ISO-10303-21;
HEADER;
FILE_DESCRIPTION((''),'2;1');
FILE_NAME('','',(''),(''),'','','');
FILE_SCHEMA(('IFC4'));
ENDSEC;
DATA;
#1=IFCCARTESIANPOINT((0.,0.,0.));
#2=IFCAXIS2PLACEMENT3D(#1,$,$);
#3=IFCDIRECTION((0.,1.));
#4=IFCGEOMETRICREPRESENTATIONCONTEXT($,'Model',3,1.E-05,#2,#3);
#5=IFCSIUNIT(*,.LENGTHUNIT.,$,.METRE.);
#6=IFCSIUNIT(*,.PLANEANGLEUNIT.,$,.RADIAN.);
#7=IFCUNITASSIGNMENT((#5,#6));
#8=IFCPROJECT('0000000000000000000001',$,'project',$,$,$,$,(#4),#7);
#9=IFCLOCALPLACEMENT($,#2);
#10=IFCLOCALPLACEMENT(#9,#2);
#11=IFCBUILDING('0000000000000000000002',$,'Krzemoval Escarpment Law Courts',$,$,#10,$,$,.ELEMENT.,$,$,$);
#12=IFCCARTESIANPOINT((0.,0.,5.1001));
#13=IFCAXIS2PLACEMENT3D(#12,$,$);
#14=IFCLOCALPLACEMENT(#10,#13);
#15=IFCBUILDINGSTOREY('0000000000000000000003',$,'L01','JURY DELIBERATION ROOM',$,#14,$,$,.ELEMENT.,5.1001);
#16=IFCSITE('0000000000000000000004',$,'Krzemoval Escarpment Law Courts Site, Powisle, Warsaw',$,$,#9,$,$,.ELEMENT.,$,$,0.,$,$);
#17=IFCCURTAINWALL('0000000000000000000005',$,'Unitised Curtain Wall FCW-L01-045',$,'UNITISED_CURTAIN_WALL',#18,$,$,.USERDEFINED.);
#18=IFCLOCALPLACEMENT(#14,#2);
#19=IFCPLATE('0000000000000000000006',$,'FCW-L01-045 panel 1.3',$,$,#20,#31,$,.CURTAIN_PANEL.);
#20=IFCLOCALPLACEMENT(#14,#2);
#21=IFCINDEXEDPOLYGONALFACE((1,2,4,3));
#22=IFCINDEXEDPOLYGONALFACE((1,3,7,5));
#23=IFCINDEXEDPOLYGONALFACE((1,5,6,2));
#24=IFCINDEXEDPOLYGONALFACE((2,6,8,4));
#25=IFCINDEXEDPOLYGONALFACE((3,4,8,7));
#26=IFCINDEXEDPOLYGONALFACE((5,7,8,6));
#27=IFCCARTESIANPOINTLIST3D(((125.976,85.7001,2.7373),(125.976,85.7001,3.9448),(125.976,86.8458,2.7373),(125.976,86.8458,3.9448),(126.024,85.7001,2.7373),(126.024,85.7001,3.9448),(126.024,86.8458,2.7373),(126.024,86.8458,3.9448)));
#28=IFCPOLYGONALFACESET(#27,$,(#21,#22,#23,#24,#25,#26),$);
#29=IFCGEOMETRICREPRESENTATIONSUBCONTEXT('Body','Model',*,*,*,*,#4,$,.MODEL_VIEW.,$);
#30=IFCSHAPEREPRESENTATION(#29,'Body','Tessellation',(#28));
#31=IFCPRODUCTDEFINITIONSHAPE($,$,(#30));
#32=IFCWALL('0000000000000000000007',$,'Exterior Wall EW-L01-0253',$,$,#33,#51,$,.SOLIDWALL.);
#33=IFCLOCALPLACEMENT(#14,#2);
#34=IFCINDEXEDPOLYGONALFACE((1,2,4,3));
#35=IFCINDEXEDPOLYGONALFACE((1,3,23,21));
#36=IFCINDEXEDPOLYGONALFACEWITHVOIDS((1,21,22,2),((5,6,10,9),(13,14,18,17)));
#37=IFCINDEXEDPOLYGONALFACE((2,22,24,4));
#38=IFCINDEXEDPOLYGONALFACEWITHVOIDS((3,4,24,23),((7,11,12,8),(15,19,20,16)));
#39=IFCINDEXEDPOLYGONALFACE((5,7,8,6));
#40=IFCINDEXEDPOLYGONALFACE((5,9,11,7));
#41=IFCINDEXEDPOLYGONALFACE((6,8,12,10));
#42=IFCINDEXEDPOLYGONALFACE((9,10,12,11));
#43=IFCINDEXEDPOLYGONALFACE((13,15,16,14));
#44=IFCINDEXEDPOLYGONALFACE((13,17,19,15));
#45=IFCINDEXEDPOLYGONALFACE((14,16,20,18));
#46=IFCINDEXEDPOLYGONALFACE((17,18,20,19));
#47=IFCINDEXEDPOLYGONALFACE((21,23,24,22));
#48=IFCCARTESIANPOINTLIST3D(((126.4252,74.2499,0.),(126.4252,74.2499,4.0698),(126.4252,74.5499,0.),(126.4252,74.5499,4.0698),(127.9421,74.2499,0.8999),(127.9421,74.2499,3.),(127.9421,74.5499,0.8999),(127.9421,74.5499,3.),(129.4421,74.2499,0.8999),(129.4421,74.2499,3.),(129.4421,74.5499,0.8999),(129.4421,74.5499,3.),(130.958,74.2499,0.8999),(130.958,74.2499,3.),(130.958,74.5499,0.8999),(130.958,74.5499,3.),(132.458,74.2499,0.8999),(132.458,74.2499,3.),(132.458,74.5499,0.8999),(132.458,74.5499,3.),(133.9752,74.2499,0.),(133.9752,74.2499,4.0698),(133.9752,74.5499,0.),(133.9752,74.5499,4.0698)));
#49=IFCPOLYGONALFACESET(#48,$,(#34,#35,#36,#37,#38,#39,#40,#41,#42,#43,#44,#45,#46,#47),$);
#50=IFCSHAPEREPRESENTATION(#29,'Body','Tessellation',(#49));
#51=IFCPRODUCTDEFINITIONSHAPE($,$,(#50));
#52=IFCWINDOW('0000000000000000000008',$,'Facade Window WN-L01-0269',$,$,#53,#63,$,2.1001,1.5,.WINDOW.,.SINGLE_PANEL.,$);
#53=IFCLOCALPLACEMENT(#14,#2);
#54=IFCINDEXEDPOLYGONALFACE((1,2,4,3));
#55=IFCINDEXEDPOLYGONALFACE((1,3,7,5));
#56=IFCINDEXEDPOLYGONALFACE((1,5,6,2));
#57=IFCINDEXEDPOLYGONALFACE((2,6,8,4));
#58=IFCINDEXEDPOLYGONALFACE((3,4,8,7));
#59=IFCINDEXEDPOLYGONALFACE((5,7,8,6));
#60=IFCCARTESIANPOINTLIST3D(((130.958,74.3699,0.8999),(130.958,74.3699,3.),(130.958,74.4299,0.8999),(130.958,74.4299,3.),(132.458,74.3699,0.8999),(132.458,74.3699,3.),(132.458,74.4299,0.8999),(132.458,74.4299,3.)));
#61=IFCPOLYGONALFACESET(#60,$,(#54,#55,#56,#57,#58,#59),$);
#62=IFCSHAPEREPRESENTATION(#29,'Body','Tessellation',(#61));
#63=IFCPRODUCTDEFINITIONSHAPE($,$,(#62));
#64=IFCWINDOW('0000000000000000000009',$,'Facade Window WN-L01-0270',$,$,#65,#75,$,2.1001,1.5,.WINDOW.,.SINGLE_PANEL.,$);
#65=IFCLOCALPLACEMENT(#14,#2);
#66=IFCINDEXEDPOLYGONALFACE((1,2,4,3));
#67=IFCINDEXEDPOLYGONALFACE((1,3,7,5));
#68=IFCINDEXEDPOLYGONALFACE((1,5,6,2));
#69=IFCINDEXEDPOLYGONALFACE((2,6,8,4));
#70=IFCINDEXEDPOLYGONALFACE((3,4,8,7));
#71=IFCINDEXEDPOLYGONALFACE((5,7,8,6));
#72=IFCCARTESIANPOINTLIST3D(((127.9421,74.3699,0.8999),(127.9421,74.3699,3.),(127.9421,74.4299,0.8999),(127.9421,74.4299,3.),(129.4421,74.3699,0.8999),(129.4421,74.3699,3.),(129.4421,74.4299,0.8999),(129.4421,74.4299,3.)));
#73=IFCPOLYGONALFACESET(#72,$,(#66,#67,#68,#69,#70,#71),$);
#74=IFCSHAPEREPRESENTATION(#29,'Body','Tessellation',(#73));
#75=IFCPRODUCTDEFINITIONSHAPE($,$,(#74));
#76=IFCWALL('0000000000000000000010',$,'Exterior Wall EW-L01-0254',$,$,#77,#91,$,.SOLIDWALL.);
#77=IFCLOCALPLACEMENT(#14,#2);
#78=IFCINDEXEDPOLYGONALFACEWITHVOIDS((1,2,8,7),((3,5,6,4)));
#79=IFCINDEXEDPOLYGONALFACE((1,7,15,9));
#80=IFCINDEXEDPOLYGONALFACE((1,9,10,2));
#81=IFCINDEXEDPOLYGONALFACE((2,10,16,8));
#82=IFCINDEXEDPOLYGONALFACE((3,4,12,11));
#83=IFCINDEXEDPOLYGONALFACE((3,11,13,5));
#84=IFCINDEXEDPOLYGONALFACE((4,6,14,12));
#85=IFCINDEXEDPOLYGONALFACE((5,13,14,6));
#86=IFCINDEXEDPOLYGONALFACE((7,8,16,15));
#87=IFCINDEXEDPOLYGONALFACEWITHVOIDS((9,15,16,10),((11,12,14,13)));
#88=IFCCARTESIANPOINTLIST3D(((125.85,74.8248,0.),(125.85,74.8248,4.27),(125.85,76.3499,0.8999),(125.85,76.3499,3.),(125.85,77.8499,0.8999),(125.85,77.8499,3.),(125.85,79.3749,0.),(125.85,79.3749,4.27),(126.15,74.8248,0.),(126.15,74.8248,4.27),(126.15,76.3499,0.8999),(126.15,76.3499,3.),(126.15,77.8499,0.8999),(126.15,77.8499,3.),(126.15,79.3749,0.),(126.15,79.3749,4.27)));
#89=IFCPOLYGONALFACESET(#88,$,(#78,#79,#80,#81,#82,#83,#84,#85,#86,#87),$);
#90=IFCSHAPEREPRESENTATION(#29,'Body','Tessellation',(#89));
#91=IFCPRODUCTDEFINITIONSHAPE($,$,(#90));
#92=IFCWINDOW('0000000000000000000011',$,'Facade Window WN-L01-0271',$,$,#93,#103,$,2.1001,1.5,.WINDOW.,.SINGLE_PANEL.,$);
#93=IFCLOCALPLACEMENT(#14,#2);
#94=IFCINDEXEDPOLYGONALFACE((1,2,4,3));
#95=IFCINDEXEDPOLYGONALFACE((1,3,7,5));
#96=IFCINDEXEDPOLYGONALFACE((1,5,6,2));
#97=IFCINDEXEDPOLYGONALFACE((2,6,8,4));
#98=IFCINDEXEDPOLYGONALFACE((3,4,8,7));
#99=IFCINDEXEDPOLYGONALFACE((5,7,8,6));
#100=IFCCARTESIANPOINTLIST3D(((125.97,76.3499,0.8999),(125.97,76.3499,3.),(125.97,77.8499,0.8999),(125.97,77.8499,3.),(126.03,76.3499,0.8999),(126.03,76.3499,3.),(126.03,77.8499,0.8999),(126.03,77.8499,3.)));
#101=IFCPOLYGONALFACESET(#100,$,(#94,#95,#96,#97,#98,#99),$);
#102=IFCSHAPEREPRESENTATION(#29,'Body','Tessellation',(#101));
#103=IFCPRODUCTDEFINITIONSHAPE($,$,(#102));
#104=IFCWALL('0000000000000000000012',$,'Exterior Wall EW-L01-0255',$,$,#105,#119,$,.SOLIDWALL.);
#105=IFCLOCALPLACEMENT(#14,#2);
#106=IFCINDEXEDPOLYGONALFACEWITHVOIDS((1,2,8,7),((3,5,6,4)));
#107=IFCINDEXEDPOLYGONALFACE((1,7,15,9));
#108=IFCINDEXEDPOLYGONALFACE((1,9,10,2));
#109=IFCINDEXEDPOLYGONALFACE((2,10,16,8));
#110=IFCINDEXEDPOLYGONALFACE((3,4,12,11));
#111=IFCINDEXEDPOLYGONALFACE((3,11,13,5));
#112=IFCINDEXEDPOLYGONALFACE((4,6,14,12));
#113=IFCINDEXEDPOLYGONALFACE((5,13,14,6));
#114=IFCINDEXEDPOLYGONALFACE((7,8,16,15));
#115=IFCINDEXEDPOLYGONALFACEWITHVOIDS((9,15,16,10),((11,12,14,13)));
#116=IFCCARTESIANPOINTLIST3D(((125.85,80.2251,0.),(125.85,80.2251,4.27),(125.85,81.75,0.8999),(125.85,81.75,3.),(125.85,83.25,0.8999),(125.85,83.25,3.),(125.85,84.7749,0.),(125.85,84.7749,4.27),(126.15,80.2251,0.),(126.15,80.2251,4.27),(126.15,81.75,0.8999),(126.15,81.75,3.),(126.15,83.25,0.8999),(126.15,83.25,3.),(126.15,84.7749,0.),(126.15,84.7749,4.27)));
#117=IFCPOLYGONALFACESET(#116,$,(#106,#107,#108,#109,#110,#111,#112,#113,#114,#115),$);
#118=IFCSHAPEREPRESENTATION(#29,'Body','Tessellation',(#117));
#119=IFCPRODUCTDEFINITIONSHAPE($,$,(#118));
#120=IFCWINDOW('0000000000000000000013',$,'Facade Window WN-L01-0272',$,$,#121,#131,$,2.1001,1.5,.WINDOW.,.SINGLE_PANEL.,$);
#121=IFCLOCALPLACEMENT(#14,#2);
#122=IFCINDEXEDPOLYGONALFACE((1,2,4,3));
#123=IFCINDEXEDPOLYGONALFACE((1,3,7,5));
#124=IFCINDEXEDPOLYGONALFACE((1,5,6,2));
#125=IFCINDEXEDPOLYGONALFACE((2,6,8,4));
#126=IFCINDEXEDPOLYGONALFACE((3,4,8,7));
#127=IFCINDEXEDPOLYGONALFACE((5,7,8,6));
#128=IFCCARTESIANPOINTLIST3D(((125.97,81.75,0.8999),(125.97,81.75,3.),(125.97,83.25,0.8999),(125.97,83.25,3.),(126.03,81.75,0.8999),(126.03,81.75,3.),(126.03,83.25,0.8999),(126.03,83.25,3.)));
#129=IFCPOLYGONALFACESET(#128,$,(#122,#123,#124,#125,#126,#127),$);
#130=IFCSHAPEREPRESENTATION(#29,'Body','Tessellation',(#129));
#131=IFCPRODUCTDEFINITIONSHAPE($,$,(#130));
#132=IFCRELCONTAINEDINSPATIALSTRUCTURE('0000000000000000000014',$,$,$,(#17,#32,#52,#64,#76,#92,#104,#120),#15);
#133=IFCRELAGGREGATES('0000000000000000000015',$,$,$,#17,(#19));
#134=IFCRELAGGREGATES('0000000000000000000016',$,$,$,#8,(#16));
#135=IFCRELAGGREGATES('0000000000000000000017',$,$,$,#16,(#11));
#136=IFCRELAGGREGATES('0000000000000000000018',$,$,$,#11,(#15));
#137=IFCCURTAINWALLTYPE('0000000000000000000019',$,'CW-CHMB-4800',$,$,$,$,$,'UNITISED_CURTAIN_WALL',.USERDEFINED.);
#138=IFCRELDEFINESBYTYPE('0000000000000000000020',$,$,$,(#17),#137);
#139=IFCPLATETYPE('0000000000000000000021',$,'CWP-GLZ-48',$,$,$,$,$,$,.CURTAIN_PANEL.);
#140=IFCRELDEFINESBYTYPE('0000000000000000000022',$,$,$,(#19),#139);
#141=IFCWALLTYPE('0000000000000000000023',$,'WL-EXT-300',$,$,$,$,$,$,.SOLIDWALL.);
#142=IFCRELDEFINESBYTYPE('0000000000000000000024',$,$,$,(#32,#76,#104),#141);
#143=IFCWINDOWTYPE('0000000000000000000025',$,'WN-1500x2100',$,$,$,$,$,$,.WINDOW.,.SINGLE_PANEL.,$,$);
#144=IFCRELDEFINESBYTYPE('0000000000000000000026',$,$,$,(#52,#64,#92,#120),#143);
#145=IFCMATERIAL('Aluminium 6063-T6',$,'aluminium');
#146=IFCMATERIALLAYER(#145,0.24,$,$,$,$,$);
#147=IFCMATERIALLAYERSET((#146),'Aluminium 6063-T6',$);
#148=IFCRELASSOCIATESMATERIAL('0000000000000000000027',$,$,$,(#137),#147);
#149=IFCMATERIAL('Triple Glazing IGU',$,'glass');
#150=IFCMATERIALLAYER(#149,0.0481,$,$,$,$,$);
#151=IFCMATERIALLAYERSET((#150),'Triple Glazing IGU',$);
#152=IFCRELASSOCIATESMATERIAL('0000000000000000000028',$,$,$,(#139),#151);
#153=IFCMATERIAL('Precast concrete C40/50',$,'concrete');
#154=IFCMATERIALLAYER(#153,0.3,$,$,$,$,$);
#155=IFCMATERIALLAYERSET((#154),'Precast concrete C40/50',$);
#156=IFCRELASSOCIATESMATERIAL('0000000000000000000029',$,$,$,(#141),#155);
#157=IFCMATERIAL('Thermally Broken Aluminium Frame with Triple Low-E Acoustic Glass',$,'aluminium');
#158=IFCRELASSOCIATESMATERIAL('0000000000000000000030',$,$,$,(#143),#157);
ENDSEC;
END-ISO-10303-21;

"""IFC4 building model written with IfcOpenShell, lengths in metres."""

from ifc_helpers import new_model, si_unit, direction, frame, frame_2d, origin, origin_2d, place, context, subcontext, project, spatial, rectangle, extrude, material, layer, layer_set, type_object, element, fill, aggregate, save


model = new_model("IFC4")

# Units and contexts
model_context = context("Model", 3, precision=1e-05, world=origin(), true_north=direction((0.0, 1.0)))
body_context = subcontext(model_context, "Body", "Model", "MODEL_VIEW")
ifc_project = project(units=[si_unit("LENGTHUNIT", "METRE"), si_unit("PLANEANGLEUNIT", "RADIAN")], contexts=[model_context])

# Site, building, storey
site_placement = place(None, origin())
site = spatial("IfcSite", under=ifc_project, at=site_placement, Name="Krzemoval Escarpment Law Courts Site, Powisle, Warsaw", CompositionType="ELEMENT", RefElevation=0.0)
building_placement = place(site_placement, origin())
building = spatial("IfcBuilding", under=site, at=building_placement, Name="Krzemoval Escarpment Law Courts", CompositionType="ELEMENT")
storey_placement = place(building_placement, frame((0.0, 0.0, 5.1001)))
storey = spatial("IfcBuildingStorey", under=building, at=storey_placement, Name="L01", Description="JURY DELIBERATION ROOM", CompositionType="ELEMENT", Elevation=5.1001)

# Curtain wall
ifc_material_1 = material(Name="Aluminium 6063-T6", Category="aluminium")
ifc_layer_1 = layer(ifc_material_1, 0.24)
ifc_layer_set_1 = layer_set([ifc_layer_1], Name="Aluminium 6063-T6")
curtain_wall_type = type_object("IfcCurtainWallType", Name="CW-CHMB-4800", ElementType="UNITISED_CURTAIN_WALL", PredefinedType="USERDEFINED", material=ifc_layer_set_1)
curtain_wall_placement = place(storey_placement, origin())
curtain_wall = element("IfcCurtainWall", 1, at=curtain_wall_placement, inside=storey, type_object=curtain_wall_type, Name="Unitised Curtain Wall FCW-L01-045", ObjectType="UNITISED_CURTAIN_WALL", PredefinedType="USERDEFINED")

# Plate
ifc_material_2 = material(Name="Triple Glazing IGU", Category="glass")
ifc_layer_2 = layer(ifc_material_2, 0.0481)
ifc_layer_set_2 = layer_set([ifc_layer_2], Name="Triple Glazing IGU")
plate_type = type_object("IfcPlateType", Name="CWP-GLZ-48", PredefinedType="CURTAIN_PANEL", material=ifc_layer_set_2)
plate_1_placement = place(storey_placement, frame((126.0, 86.2729, 2.7373), z_axis=(0.0, 0.0, 1.0), x_axis=(0.0, 1.0, 0.0)))
plate_1 = element("IfcPlate", 2, at=plate_1_placement, type_object=plate_type, Name="FCW-L01-045 panel 1.3", PredefinedType="CURTAIN_PANEL", context=body_context, shape_type="SweptSolid", body=[
    extrude(rectangle(XDim=1.1458, YDim=0.0481, at=origin_2d()), origin(), (0.0, 0.0, 1.0), 1.2075),
])
aggregate(curtain_wall, [plate_1])

# Wall, openings, windows
ifc_material_3 = material(Name="Precast concrete C40/50", Category="concrete")
ifc_layer_3 = layer(ifc_material_3, 0.3)
ifc_layer_set_3 = layer_set([ifc_layer_3], Name="Precast concrete C40/50")
wall_type = type_object("IfcWallType", Name="WL-EXT-300", PredefinedType="SOLIDWALL", material=ifc_layer_set_3)
wall_1_placement = place(storey_placement, frame((133.9751, 74.3999, 0.0), z_axis=(0.0, 0.0, 1.0), x_axis=(-1.0, 0.0, 0.0)))
wall_1 = element("IfcWall", 3, at=wall_1_placement, inside=storey, type_object=wall_type, Name="Exterior Wall EW-L01-0253", PredefinedType="SOLIDWALL", context=body_context, shape_type="SweptSolid", body=[
    extrude(rectangle(XDim=7.55, YDim=0.3, at=frame_2d((3.7749, 0.0))), origin(), (0.0, 0.0, 1.0), 4.0698),
])
opening_1_placement = place(wall_1_placement, frame((1.5171, 0.0, 0.8999)))
opening_1 = element("IfcOpeningElement", 4, at=opening_1_placement, cuts=wall_1, PredefinedType="OPENING", context=body_context, shape_type="SweptSolid", body=[
    extrude(rectangle(XDim=1.5, YDim=2.1001, at=frame_2d((0.75, 1.05))), frame((0.0, 0.165, 0.0), z_axis=(0.0, -1.0, 0.0), x_axis=(1.0, 0.0, 0.0)), (0.0, 0.0, 1.0), 0.3301),
])
opening_2_placement = place(wall_1_placement, frame((4.533, 0.0, 0.8999)))
opening_2 = element("IfcOpeningElement", 5, at=opening_2_placement, cuts=wall_1, PredefinedType="OPENING", context=body_context, shape_type="SweptSolid", body=[
    extrude(rectangle(XDim=1.5, YDim=2.1001, at=frame_2d((0.75, 1.05))), frame((0.0, 0.165, 0.0), z_axis=(0.0, -1.0, 0.0), x_axis=(1.0, 0.0, 0.0)), (0.0, 0.0, 1.0), 0.3301),
])
ifc_material_4 = material(Name="Thermally Broken Aluminium Frame with Triple Low-E Acoustic Glass", Category="aluminium")
window_type = type_object("IfcWindowType", Name="WN-1500x2100", PartitioningType="SINGLE_PANEL", PredefinedType="WINDOW", material=ifc_material_4)
window_1_placement = place(opening_1_placement, origin())
window_1 = element("IfcWindow", 6, at=window_1_placement, inside=storey, type_object=window_type, Name="Facade Window WN-L01-0269", OverallHeight=2.1001, OverallWidth=1.5, PartitioningType="SINGLE_PANEL", PredefinedType="WINDOW", context=body_context, shape_type="SweptSolid", body=[
    extrude(rectangle(XDim=1.5, YDim=2.1001, at=frame_2d((0.75, 1.05))), frame((0.0, 0.03, 0.0), z_axis=(0.0, -1.0, 0.0), x_axis=(1.0, 0.0, 0.0)), (0.0, 0.0, 1.0), 0.0601),
])
fill(opening_1, window_1)
window_2_placement = place(opening_2_placement, origin())
window_2 = element("IfcWindow", 7, at=window_2_placement, inside=storey, type_object=window_type, Name="Facade Window WN-L01-0270", OverallHeight=2.1001, OverallWidth=1.5, PartitioningType="SINGLE_PANEL", PredefinedType="WINDOW", context=body_context, shape_type="SweptSolid", body=[
    extrude(rectangle(XDim=1.5, YDim=2.1001, at=frame_2d((0.75, 1.05))), frame((0.0, 0.03, 0.0), z_axis=(0.0, -1.0, 0.0), x_axis=(1.0, 0.0, 0.0)), (0.0, 0.0, 1.0), 0.0601),
])
fill(opening_2, window_2)

# Walls, openings, windows
wall_2_placement = place(storey_placement, frame((126.0, 74.825, 0.0), z_axis=(0.0, 0.0, 1.0), x_axis=(0.0, 1.0, 0.0)))
wall_2 = element("IfcWall", 8, at=wall_2_placement, inside=storey, type_object=wall_type, Name="Exterior Wall EW-L01-0254", PredefinedType="SOLIDWALL", context=body_context, shape_type="SweptSolid", body=[
    extrude(rectangle(XDim=4.55, YDim=0.3, at=frame_2d((2.2749, 0.0))), origin(), (0.0, 0.0, 1.0), 4.27),
])
opening_3_placement = place(wall_2_placement, frame((1.5249, 0.0, 0.8999)))
opening_3 = element("IfcOpeningElement", 9, at=opening_3_placement, cuts=wall_2, PredefinedType="OPENING", context=body_context, shape_type="SweptSolid", body=[
    extrude(rectangle(XDim=1.5, YDim=2.1001, at=frame_2d((0.75, 1.05))), frame((0.0, 0.165, 0.0), z_axis=(0.0, -1.0, 0.0), x_axis=(1.0, 0.0, 0.0)), (0.0, 0.0, 1.0), 0.3301),
])
window_3_placement = place(opening_3_placement, origin())
window_3 = element("IfcWindow", 10, at=window_3_placement, inside=storey, type_object=window_type, Name="Facade Window WN-L01-0271", OverallHeight=2.1001, OverallWidth=1.5, PartitioningType="SINGLE_PANEL", PredefinedType="WINDOW", context=body_context, shape_type="SweptSolid", body=[
    extrude(rectangle(XDim=1.5, YDim=2.1001, at=frame_2d((0.75, 1.05))), frame((0.0, 0.03, 0.0), z_axis=(0.0, -1.0, 0.0), x_axis=(1.0, 0.0, 0.0)), (0.0, 0.0, 1.0), 0.0601),
])
fill(opening_3, window_3)
wall_3_placement = place(storey_placement, frame((126.0, 80.2251, 0.0), z_axis=(0.0, 0.0, 1.0), x_axis=(0.0, 1.0, 0.0)))
wall_3 = element("IfcWall", 11, at=wall_3_placement, inside=storey, type_object=wall_type, Name="Exterior Wall EW-L01-0255", PredefinedType="SOLIDWALL", context=body_context, shape_type="SweptSolid", body=[
    extrude(rectangle(XDim=4.5498, YDim=0.3, at=frame_2d((2.2749, 0.0))), origin(), (0.0, 0.0, 1.0), 4.27),
])
opening_4_placement = place(wall_3_placement, frame((1.5249, 0.0, 0.8999)))
opening_4 = element("IfcOpeningElement", 12, at=opening_4_placement, cuts=wall_3, PredefinedType="OPENING", context=body_context, shape_type="SweptSolid", body=[
    extrude(rectangle(XDim=1.5, YDim=2.1001, at=frame_2d((0.75, 1.05))), frame((0.0, 0.165, 0.0), z_axis=(0.0, -1.0, 0.0), x_axis=(1.0, 0.0, 0.0)), (0.0, 0.0, 1.0), 0.3301),
])
window_4_placement = place(opening_4_placement, origin())
window_4 = element("IfcWindow", 13, at=window_4_placement, inside=storey, type_object=window_type, Name="Facade Window WN-L01-0272", OverallHeight=2.1001, OverallWidth=1.5, PartitioningType="SINGLE_PANEL", PredefinedType="WINDOW", context=body_context, shape_type="SweptSolid", body=[
    extrude(rectangle(XDim=1.5, YDim=2.1001, at=frame_2d((0.75, 1.05))), frame((0.0, 0.03, 0.0), z_axis=(0.0, -1.0, 0.0), x_axis=(1.0, 0.0, 0.0)), (0.0, 0.0, 1.0), 0.0601),
])
fill(opening_4, window_4)

save(model, "model.ifc")
